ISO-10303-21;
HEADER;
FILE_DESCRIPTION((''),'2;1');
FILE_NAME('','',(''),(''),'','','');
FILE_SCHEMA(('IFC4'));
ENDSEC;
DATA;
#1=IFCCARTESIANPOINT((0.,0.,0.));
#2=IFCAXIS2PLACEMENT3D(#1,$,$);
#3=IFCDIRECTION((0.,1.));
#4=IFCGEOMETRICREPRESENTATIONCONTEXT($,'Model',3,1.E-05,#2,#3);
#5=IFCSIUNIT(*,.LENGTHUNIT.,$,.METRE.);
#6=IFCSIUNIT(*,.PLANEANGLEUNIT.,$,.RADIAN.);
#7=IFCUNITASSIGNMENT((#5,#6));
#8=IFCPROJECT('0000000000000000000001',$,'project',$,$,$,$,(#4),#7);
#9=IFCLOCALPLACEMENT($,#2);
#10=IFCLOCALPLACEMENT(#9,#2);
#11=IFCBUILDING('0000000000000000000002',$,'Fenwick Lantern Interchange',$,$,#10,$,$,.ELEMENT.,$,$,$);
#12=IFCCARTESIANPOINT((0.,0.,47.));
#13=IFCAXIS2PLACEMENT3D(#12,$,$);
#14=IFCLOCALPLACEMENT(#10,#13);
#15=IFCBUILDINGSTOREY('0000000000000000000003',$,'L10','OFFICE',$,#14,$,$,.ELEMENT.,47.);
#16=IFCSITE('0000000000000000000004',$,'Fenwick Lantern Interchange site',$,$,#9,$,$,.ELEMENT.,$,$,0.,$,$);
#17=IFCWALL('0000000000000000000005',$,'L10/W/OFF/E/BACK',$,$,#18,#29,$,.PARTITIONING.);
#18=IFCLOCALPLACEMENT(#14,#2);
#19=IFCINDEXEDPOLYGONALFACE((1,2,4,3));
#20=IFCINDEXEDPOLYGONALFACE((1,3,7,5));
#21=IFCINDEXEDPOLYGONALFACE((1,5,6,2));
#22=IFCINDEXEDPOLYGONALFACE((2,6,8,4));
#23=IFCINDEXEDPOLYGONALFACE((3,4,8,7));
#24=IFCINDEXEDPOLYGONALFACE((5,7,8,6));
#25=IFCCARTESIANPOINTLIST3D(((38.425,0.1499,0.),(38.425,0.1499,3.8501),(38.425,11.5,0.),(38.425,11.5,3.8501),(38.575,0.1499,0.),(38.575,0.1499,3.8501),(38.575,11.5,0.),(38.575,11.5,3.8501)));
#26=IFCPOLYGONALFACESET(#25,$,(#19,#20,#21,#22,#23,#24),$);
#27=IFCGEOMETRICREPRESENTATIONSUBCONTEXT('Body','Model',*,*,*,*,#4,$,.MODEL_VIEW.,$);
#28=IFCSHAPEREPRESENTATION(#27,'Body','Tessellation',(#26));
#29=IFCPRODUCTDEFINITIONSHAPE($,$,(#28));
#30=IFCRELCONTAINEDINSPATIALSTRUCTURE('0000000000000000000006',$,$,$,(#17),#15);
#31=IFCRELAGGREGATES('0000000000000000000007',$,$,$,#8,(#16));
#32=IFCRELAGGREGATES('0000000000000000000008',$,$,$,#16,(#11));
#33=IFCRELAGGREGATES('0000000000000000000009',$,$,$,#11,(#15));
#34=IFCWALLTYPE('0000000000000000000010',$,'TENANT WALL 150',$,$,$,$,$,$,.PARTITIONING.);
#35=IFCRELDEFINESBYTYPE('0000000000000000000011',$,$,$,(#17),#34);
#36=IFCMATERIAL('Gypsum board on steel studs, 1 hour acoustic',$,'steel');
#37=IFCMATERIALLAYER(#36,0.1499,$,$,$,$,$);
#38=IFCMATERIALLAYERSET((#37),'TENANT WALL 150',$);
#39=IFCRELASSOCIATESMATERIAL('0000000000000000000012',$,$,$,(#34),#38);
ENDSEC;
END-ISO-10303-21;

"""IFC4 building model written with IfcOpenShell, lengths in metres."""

from ifc_helpers import new_model, si_unit, direction, frame, frame_2d, origin, place, context, subcontext, project, spatial, rectangle, extrude, material, layer, layer_set, type_object, element, save


model = new_model("IFC4")

# Units and contexts
model_context = context("Model", 3, precision=1e-05, world=origin(), true_north=direction((0.0, 1.0)))
body_context = subcontext(model_context, "Body", "Model", "MODEL_VIEW")
ifc_project = project(units=[si_unit("LENGTHUNIT", "METRE"), si_unit("PLANEANGLEUNIT", "RADIAN")], contexts=[model_context])

# Site, building, storey
site_placement = place(None, origin())
site = spatial("IfcSite", under=ifc_project, at=site_placement, Name="Fenwick Lantern Interchange site", CompositionType="ELEMENT", RefElevation=0.0)
building_placement = place(site_placement, origin())
building = spatial("IfcBuilding", under=site, at=building_placement, Name="Fenwick Lantern Interchange", CompositionType="ELEMENT")
storey_placement = place(building_placement, frame((0.0, 0.0, 47.0)))
storey = spatial("IfcBuildingStorey", under=building, at=storey_placement, Name="L10", Description="OFFICE", CompositionType="ELEMENT", Elevation=47.0)

# Wall
ifc_material_1 = material(Name="Gypsum board on steel studs, 1 hour acoustic", Category="steel")
ifc_layer_1 = layer(ifc_material_1, 0.1499)
ifc_layer_set_1 = layer_set([ifc_layer_1], Name="TENANT WALL 150")
wall_type_1 = type_object("IfcWallType", Name="TENANT WALL 150", PredefinedType="PARTITIONING", material=ifc_layer_set_1)
wall_1_placement = place(storey_placement, frame((38.5, 0.1499, 0.0), z_axis=(0.0, 0.0, 1.0), x_axis=(0.0, 1.0, 0.0)))
element("IfcWall", 1, at=wall_1_placement, inside=storey, type_object=wall_type_1, Name="L10/W/OFF/E/BACK", PredefinedType="PARTITIONING", context=body_context, shape_type="SweptSolid", body=[
    extrude(rectangle(XDim=11.3501, YDim=0.1499, at=frame_2d((5.675, 0.0))), origin(), (0.0, 0.0, 1.0), 3.8501),
])

save(model, "model.ifc")
